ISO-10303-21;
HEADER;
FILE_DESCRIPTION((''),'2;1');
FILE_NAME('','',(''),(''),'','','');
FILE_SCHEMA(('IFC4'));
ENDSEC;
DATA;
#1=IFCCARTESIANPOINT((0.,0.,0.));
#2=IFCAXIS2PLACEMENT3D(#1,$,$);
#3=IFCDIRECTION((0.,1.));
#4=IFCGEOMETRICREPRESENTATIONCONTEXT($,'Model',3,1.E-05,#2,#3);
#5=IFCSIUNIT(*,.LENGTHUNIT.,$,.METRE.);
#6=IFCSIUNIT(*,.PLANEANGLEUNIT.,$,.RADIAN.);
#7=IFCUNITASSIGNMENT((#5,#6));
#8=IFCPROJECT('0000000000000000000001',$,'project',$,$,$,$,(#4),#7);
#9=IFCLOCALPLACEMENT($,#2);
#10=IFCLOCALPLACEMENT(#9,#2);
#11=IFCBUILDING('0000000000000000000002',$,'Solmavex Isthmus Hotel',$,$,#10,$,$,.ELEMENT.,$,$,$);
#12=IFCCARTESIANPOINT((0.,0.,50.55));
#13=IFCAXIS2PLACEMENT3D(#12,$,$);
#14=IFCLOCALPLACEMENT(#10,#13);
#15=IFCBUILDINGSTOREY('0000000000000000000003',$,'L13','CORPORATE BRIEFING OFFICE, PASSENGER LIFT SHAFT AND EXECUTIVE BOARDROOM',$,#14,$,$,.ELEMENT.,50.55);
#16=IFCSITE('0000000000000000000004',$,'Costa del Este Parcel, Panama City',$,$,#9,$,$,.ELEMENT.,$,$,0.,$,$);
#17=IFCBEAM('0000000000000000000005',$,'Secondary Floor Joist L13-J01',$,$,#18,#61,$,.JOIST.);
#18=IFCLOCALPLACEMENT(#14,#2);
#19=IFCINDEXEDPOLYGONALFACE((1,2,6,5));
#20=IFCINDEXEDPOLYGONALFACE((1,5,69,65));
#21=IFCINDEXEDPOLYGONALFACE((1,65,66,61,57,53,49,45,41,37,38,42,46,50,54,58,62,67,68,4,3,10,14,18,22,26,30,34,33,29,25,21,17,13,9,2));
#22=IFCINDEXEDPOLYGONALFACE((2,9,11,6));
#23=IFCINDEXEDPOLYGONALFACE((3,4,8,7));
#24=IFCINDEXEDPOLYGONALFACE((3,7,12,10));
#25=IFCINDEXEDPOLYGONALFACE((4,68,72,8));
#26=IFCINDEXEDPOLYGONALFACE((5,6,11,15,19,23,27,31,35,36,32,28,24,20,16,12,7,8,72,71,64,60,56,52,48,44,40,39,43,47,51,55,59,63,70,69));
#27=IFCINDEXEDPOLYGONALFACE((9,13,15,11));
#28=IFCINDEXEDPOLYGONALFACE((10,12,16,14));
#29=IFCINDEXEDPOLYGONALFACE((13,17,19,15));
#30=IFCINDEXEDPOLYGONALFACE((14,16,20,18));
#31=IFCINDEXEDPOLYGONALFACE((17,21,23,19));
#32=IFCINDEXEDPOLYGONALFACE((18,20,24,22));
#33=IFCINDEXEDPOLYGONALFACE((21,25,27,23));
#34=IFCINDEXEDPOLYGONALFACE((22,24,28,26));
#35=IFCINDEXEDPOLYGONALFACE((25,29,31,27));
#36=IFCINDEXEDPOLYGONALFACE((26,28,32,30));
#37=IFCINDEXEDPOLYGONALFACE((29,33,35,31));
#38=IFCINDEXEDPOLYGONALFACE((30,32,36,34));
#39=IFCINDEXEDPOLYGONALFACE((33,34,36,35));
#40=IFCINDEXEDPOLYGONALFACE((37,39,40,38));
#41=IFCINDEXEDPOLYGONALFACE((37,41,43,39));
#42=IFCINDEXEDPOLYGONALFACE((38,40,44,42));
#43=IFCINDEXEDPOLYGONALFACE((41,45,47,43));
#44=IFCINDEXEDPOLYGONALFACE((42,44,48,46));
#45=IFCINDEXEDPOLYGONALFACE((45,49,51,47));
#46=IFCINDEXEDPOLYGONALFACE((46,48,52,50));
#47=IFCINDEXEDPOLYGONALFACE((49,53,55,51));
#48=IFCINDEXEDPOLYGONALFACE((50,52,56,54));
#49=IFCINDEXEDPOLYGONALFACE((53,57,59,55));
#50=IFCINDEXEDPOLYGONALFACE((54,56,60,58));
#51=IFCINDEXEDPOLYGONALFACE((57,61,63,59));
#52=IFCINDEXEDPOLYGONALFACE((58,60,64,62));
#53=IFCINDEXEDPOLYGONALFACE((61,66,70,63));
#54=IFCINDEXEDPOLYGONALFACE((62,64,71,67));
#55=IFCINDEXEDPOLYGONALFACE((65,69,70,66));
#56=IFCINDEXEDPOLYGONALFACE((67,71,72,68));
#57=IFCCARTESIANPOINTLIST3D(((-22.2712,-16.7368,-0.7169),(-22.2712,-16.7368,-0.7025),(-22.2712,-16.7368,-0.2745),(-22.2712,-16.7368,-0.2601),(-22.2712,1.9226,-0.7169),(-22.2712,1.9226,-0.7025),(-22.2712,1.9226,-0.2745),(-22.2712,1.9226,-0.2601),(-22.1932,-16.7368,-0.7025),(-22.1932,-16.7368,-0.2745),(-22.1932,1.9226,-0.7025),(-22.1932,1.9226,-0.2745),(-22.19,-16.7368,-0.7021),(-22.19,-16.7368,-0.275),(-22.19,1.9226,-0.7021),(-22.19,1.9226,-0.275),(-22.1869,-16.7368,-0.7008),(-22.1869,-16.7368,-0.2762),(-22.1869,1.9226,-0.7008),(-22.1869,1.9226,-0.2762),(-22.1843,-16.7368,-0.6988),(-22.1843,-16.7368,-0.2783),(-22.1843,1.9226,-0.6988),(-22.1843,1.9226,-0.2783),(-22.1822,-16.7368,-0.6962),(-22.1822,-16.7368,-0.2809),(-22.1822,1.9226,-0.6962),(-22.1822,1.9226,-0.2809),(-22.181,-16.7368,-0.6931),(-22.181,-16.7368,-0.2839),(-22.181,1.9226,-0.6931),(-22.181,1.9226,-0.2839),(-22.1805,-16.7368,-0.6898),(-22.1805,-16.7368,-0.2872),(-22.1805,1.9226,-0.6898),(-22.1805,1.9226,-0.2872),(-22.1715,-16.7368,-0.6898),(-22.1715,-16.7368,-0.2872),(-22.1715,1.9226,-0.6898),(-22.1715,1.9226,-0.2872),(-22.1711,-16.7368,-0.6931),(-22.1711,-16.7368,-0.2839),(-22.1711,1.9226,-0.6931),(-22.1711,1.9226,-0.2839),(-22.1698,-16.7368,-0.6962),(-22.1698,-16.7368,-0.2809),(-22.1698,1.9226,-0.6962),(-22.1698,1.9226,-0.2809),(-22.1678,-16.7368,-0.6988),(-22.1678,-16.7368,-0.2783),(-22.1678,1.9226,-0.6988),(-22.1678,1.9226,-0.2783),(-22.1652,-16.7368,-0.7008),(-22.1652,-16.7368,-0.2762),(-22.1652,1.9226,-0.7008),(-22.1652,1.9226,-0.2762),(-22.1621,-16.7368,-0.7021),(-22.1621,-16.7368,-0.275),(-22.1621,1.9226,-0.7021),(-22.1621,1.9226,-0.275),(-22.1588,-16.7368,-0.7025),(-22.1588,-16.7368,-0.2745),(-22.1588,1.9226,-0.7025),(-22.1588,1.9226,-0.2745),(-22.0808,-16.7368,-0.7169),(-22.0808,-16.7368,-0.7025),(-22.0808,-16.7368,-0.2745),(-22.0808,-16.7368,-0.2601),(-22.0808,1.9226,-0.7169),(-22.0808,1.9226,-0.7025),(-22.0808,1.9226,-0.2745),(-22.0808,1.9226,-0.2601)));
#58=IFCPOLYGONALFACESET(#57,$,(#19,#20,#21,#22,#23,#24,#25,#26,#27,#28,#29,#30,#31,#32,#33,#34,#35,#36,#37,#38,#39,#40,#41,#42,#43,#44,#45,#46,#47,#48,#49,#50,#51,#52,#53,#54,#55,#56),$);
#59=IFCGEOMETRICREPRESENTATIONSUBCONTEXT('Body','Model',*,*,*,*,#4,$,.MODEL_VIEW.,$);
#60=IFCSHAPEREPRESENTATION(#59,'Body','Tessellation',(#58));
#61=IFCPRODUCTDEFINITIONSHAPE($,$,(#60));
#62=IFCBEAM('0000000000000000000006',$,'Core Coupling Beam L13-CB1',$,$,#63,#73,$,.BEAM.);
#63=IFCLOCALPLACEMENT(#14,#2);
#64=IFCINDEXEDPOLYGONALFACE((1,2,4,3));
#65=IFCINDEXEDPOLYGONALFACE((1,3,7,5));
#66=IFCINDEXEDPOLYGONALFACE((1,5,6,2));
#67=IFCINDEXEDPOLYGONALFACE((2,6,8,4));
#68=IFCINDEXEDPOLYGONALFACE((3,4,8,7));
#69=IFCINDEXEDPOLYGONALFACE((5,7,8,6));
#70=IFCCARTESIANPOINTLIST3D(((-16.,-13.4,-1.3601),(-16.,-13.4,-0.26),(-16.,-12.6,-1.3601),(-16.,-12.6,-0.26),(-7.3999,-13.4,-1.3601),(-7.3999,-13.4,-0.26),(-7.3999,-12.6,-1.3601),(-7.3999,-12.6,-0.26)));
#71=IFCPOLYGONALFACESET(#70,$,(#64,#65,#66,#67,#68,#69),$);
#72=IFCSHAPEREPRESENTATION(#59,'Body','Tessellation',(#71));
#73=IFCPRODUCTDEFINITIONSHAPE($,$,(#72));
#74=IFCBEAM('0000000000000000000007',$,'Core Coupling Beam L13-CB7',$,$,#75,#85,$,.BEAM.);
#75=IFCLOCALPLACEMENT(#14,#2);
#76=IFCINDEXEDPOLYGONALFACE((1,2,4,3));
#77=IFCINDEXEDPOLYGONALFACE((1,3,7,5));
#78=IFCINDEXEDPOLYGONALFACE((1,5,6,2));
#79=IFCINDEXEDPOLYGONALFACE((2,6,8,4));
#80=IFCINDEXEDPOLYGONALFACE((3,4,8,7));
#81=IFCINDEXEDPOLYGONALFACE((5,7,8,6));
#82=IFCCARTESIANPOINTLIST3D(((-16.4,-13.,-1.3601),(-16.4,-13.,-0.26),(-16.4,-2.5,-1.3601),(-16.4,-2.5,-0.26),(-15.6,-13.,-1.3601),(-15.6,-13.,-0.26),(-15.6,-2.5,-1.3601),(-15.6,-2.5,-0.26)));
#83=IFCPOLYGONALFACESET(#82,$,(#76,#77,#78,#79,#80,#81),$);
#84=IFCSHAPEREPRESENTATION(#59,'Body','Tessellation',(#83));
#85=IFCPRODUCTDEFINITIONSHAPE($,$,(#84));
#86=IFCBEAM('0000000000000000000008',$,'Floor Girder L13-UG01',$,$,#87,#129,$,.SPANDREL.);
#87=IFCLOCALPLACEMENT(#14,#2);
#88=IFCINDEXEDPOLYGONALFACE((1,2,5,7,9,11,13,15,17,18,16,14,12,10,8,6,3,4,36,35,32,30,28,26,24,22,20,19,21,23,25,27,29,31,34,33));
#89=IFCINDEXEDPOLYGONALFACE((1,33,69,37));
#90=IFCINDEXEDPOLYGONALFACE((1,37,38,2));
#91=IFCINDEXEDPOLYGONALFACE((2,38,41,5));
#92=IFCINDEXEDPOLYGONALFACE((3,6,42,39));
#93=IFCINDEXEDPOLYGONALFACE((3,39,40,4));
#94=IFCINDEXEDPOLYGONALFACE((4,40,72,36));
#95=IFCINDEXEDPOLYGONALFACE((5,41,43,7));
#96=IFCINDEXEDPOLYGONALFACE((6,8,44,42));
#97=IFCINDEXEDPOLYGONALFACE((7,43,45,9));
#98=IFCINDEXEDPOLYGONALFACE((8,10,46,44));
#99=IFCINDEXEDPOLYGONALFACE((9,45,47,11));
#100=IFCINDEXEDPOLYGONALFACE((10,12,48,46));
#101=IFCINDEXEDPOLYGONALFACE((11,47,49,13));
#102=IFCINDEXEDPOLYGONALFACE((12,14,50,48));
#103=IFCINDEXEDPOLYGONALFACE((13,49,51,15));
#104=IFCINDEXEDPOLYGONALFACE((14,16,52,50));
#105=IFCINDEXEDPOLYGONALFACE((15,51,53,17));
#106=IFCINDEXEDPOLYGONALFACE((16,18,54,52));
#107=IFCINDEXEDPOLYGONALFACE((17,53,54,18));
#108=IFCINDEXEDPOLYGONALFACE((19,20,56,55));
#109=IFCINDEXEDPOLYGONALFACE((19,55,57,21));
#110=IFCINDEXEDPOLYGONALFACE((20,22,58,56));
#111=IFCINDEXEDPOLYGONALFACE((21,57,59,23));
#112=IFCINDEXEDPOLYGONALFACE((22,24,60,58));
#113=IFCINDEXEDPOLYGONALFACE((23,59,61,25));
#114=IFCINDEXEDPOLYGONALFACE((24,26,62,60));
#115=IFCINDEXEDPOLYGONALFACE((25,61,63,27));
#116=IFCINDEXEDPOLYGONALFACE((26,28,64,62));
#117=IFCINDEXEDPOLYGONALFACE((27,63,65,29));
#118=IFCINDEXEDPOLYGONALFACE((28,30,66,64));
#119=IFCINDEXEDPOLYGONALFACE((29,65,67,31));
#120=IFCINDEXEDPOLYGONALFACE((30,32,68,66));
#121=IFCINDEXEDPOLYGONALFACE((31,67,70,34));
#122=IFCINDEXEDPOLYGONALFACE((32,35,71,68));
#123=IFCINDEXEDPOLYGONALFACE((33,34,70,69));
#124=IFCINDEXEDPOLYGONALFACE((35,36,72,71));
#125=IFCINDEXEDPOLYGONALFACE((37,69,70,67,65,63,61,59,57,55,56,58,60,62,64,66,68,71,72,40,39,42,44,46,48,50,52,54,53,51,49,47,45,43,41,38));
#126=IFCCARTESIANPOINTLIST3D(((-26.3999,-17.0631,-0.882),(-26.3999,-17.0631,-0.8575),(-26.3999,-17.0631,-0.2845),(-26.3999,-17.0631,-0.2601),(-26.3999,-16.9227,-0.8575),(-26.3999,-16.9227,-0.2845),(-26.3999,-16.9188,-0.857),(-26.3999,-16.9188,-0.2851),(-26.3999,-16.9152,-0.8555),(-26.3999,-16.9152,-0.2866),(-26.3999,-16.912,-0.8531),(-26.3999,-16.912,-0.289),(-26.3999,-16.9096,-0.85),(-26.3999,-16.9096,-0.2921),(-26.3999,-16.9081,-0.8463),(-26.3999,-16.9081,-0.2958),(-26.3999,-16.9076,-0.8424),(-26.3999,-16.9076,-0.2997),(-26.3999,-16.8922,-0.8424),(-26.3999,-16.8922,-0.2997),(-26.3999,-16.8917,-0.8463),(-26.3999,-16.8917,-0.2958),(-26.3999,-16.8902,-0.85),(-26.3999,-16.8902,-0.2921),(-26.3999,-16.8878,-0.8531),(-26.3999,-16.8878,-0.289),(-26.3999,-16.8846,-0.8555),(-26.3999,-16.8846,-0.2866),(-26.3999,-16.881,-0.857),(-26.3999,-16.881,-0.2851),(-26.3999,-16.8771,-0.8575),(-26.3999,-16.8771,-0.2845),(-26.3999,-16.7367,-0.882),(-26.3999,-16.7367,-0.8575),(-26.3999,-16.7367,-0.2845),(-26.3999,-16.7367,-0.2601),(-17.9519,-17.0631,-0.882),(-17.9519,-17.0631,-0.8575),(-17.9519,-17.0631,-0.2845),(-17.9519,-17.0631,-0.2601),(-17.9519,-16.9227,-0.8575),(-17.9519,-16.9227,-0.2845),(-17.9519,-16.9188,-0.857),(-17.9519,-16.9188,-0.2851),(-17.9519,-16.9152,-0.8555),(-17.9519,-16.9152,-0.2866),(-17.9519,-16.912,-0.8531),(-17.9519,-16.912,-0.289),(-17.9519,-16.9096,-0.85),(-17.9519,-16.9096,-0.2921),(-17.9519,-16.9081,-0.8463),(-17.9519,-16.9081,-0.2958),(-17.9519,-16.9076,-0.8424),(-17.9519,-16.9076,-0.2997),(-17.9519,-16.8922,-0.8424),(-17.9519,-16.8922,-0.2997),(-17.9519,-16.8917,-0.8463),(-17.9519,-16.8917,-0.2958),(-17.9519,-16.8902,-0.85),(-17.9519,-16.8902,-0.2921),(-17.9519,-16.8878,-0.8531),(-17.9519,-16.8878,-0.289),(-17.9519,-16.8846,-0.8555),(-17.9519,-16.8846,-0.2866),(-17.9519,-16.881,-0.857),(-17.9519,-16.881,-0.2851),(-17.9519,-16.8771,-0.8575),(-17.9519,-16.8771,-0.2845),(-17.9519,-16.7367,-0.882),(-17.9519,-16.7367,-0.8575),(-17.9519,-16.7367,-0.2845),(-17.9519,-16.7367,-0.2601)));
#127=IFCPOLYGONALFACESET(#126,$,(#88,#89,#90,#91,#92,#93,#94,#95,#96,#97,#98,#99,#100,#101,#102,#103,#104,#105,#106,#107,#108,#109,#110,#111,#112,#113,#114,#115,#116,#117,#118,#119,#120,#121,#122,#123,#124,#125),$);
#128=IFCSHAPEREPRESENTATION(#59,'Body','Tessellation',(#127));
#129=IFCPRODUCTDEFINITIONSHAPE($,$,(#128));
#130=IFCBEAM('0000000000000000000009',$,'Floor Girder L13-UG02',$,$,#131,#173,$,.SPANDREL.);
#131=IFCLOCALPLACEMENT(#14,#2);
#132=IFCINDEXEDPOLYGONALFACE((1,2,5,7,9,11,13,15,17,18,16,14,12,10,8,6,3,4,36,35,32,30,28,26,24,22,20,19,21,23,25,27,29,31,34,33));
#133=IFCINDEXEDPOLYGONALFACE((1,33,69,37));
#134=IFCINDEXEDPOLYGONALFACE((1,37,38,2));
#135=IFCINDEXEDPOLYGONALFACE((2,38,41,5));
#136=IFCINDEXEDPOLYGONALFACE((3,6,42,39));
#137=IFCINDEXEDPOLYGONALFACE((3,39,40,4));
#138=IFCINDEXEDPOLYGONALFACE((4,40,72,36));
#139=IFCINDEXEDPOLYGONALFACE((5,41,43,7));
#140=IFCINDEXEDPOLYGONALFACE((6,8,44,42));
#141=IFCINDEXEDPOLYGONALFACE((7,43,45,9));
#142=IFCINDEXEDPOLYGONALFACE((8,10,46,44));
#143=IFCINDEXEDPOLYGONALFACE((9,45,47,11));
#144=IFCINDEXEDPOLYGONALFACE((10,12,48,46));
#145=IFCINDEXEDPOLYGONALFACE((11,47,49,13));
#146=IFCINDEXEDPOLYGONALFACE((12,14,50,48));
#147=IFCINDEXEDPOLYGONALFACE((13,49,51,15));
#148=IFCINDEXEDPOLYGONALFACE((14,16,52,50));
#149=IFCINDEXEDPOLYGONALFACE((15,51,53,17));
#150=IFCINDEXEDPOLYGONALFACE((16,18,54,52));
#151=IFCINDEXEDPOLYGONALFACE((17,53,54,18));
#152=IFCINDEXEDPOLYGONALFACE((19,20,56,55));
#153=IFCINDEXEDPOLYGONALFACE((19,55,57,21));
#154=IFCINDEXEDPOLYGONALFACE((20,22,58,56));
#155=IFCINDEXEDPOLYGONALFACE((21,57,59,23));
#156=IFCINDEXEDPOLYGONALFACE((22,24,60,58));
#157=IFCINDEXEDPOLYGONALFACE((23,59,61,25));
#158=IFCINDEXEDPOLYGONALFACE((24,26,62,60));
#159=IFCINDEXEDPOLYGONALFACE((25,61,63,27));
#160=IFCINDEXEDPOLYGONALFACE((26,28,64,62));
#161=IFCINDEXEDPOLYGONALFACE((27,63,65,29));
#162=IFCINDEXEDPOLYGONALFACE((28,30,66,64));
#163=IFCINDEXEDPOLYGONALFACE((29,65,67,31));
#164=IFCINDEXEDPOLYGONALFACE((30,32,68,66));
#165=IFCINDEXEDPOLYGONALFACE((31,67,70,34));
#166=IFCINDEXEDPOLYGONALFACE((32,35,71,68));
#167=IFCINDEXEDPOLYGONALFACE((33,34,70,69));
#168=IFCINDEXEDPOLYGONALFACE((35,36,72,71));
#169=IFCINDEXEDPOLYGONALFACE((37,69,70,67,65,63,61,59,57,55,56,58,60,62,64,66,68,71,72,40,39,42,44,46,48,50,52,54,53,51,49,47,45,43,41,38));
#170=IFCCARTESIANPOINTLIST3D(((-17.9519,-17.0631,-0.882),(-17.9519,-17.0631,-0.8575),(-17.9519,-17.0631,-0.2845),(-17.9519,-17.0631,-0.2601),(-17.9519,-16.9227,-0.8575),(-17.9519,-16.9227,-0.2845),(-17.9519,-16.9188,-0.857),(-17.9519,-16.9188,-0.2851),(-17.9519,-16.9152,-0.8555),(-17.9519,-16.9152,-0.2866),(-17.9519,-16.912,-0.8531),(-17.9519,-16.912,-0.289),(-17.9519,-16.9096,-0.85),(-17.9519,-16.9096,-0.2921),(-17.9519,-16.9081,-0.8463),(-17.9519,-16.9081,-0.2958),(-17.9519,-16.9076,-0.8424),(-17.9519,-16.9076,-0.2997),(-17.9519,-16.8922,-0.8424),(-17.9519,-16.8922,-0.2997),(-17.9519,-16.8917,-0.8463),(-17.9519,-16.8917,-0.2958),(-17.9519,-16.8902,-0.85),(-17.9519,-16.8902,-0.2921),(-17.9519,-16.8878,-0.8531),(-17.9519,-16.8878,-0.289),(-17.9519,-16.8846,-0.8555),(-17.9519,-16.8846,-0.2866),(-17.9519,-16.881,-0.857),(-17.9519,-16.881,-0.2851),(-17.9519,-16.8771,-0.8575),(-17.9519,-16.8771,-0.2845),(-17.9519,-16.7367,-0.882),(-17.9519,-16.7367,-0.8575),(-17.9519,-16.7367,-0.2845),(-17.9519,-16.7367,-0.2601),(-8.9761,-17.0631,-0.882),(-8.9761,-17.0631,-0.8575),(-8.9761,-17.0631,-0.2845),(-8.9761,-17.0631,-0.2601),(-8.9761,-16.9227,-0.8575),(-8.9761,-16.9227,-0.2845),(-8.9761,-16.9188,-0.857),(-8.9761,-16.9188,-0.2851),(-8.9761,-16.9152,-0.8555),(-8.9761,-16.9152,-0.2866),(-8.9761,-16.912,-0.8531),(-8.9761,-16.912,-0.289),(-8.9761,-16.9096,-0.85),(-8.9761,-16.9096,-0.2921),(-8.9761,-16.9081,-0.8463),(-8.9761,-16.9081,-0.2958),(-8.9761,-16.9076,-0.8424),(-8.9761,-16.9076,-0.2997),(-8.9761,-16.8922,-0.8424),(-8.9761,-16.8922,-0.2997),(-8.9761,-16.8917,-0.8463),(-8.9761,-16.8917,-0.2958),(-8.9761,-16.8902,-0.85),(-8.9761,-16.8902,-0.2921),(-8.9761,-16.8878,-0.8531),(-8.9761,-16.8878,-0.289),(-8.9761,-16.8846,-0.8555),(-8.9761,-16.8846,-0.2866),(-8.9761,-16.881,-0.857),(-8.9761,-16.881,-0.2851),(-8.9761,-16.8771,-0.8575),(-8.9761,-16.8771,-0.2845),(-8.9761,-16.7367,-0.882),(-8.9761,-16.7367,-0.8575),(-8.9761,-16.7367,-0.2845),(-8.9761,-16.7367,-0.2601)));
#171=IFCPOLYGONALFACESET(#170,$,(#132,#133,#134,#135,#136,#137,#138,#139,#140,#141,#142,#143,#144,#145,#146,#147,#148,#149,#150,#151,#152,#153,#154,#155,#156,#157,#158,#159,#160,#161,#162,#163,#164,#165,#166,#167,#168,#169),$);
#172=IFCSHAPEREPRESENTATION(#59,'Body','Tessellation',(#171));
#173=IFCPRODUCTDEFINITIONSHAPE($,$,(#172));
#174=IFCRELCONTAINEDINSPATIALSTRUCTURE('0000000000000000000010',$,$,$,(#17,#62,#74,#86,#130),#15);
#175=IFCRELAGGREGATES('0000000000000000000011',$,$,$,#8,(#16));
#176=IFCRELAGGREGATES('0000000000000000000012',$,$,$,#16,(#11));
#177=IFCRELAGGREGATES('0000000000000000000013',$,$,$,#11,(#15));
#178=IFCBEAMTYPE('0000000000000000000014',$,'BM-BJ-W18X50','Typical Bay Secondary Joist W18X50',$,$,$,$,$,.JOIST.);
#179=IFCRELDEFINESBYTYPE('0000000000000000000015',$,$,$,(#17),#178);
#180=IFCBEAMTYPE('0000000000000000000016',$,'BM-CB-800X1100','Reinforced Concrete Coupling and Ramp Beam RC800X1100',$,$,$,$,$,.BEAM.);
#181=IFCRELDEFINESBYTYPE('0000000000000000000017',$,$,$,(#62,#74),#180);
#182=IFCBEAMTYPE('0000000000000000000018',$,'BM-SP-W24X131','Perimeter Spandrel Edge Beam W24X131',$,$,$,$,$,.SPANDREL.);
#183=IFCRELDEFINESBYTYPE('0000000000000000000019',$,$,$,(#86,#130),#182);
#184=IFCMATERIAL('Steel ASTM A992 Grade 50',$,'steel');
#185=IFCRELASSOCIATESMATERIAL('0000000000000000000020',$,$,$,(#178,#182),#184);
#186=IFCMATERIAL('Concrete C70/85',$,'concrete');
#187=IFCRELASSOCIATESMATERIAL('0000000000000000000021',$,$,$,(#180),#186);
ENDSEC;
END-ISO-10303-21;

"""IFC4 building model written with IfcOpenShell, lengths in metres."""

from ifc_helpers import new_model, si_unit, direction, frame, origin, origin_2d, place, context, subcontext, project, spatial, rectangle, i_section, extrude, material, material_profile, profile_set, type_object, element, save


model = new_model("IFC4")

# Units and contexts
model_context = context("Model", 3, precision=1e-05, world=origin(), true_north=direction((0.0, 1.0)))
body_context = subcontext(model_context, "Body", "Model", "MODEL_VIEW")
ifc_project = project(units=[si_unit("LENGTHUNIT", "METRE"), si_unit("PLANEANGLEUNIT", "RADIAN")], contexts=[model_context])

# Site, building, storey
site_placement = place(None, origin())
site = spatial("IfcSite", under=ifc_project, at=site_placement, Name="Costa del Este Parcel, Panama City", CompositionType="ELEMENT", RefElevation=0.0)
building_placement = place(site_placement, origin())
building = spatial("IfcBuilding", under=site, at=building_placement, Name="Solmavex Isthmus Hotel", CompositionType="ELEMENT")
storey_placement = place(building_placement, frame((0.0, 0.0, 50.55)))
storey = spatial("IfcBuildingStorey", under=building, at=storey_placement, Name="L13", Description="CORPORATE BRIEFING OFFICE, PASSENGER LIFT SHAFT AND EXECUTIVE BOARDROOM", CompositionType="ELEMENT", Elevation=50.55)

# Shared definitions
ifc_material_1 = material(Name="Concrete C70/85", Category="concrete")

# Beams
ifc_material_2 = material(Name="Steel ASTM A992 Grade 50", Category="steel")
ifc_material_profile_1 = material_profile(ifc_material_2, i_section(OverallWidth=0.1904, OverallDepth=0.4568, WebThickness=0.009, FlangeThickness=0.0144, FilletRadius=0.0127, at=origin_2d()), Name="W18X50")
ifc_profile_set_1 = profile_set([ifc_material_profile_1], Name="Steel ASTM A992 Grade 50")
beam_type_1 = type_object("IfcBeamType", Name="BM-BJ-W18X50", Description="Typical Bay Secondary Joist W18X50", PredefinedType="JOIST", material=ifc_profile_set_1)
beam_1_placement = place(storey_placement, frame((-22.176, -16.7368, -0.4885), z_axis=(0.0, 1.0, 0.0), x_axis=(-1.0, 0.0, 0.0)))
element("IfcBeam", 1, at=beam_1_placement, inside=storey, type_object=beam_type_1, Name="Secondary Floor Joist L13-J01", PredefinedType="JOIST", context=body_context, shape_type="SweptSolid", body=[
    extrude(i_section(OverallWidth=0.1904, OverallDepth=0.4568, WebThickness=0.009, FlangeThickness=0.0144, FilletRadius=0.0127, at=origin_2d()), origin(), (0.0, 0.0, 1.0), 18.6594),
])
ifc_material_profile_2 = material_profile(ifc_material_1, rectangle(XDim=0.8, YDim=1.1001, at=origin_2d()), Name="RC800X1100")
ifc_profile_set_2 = profile_set([ifc_material_profile_2], Name="Concrete C70/85")
beam_type_2 = type_object("IfcBeamType", Name="BM-CB-800X1100", Description="Reinforced Concrete Coupling and Ramp Beam RC800X1100", PredefinedType="BEAM", material=ifc_profile_set_2)
beam_2_placement = place(storey_placement, frame((-16.0, -13.0, -0.8101), z_axis=(1.0, 0.0, 0.0), x_axis=(0.0, 1.0, 0.0)))
element("IfcBeam", 2, at=beam_2_placement, inside=storey, type_object=beam_type_2, Name="Core Coupling Beam L13-CB1", PredefinedType="BEAM", context=body_context, shape_type="SweptSolid", body=[
    extrude(rectangle(XDim=0.8, YDim=1.1001, at=origin_2d()), origin(), (0.0, 0.0, 1.0), 8.6001),
])
beam_3_placement = place(storey_placement, frame((-16.0, -13.0, -0.8101), z_axis=(0.0, 1.0, 0.0), x_axis=(-1.0, 0.0, 0.0)))
element("IfcBeam", 3, at=beam_3_placement, inside=storey, type_object=beam_type_2, Name="Core Coupling Beam L13-CB7", PredefinedType="BEAM", context=body_context, shape_type="SweptSolid", body=[
    extrude(rectangle(XDim=0.8, YDim=1.1001, at=origin_2d()), origin(), (0.0, 0.0, 1.0), 10.5),
])
ifc_material_profile_3 = material_profile(ifc_material_2, i_section(OverallWidth=0.3264, OverallDepth=0.6218, WebThickness=0.0154, FlangeThickness=0.0244, FilletRadius=0.0151, at=origin_2d()), Name="W24X131")
ifc_profile_set_3 = profile_set([ifc_material_profile_3], Name="Steel ASTM A992 Grade 50")
beam_type_3 = type_object("IfcBeamType", Name="BM-SP-W24X131", Description="Perimeter Spandrel Edge Beam W24X131", PredefinedType="SPANDREL", material=ifc_profile_set_3)
beam_4_placement = place(storey_placement, frame((-26.3999, -16.8999, -0.571), z_axis=(1.0, 0.0, 0.0), x_axis=(0.0, 1.0, 0.0)))
element("IfcBeam", 4, at=beam_4_placement, inside=storey, type_object=beam_type_3, Name="Floor Girder L13-UG01", PredefinedType="SPANDREL", context=body_context, shape_type="SweptSolid", body=[
    extrude(i_section(OverallWidth=0.3264, OverallDepth=0.6218, WebThickness=0.0154, FlangeThickness=0.0244, FilletRadius=0.0151, at=origin_2d()), origin(), (0.0, 0.0, 1.0), 8.448),
])
beam_5_placement = place(storey_placement, frame((-17.9519, -16.8999, -0.571), z_axis=(1.0, 0.0, 0.0), x_axis=(0.0, 1.0, 0.0)))
element("IfcBeam", 5, at=beam_5_placement, inside=storey, type_object=beam_type_3, Name="Floor Girder L13-UG02", PredefinedType="SPANDREL", context=body_context, shape_type="SweptSolid", body=[
    extrude(i_section(OverallWidth=0.3264, OverallDepth=0.6218, WebThickness=0.0154, FlangeThickness=0.0244, FilletRadius=0.0151, at=origin_2d()), origin(), (0.0, 0.0, 1.0), 8.9758),
])

save(model, "model.ifc")
